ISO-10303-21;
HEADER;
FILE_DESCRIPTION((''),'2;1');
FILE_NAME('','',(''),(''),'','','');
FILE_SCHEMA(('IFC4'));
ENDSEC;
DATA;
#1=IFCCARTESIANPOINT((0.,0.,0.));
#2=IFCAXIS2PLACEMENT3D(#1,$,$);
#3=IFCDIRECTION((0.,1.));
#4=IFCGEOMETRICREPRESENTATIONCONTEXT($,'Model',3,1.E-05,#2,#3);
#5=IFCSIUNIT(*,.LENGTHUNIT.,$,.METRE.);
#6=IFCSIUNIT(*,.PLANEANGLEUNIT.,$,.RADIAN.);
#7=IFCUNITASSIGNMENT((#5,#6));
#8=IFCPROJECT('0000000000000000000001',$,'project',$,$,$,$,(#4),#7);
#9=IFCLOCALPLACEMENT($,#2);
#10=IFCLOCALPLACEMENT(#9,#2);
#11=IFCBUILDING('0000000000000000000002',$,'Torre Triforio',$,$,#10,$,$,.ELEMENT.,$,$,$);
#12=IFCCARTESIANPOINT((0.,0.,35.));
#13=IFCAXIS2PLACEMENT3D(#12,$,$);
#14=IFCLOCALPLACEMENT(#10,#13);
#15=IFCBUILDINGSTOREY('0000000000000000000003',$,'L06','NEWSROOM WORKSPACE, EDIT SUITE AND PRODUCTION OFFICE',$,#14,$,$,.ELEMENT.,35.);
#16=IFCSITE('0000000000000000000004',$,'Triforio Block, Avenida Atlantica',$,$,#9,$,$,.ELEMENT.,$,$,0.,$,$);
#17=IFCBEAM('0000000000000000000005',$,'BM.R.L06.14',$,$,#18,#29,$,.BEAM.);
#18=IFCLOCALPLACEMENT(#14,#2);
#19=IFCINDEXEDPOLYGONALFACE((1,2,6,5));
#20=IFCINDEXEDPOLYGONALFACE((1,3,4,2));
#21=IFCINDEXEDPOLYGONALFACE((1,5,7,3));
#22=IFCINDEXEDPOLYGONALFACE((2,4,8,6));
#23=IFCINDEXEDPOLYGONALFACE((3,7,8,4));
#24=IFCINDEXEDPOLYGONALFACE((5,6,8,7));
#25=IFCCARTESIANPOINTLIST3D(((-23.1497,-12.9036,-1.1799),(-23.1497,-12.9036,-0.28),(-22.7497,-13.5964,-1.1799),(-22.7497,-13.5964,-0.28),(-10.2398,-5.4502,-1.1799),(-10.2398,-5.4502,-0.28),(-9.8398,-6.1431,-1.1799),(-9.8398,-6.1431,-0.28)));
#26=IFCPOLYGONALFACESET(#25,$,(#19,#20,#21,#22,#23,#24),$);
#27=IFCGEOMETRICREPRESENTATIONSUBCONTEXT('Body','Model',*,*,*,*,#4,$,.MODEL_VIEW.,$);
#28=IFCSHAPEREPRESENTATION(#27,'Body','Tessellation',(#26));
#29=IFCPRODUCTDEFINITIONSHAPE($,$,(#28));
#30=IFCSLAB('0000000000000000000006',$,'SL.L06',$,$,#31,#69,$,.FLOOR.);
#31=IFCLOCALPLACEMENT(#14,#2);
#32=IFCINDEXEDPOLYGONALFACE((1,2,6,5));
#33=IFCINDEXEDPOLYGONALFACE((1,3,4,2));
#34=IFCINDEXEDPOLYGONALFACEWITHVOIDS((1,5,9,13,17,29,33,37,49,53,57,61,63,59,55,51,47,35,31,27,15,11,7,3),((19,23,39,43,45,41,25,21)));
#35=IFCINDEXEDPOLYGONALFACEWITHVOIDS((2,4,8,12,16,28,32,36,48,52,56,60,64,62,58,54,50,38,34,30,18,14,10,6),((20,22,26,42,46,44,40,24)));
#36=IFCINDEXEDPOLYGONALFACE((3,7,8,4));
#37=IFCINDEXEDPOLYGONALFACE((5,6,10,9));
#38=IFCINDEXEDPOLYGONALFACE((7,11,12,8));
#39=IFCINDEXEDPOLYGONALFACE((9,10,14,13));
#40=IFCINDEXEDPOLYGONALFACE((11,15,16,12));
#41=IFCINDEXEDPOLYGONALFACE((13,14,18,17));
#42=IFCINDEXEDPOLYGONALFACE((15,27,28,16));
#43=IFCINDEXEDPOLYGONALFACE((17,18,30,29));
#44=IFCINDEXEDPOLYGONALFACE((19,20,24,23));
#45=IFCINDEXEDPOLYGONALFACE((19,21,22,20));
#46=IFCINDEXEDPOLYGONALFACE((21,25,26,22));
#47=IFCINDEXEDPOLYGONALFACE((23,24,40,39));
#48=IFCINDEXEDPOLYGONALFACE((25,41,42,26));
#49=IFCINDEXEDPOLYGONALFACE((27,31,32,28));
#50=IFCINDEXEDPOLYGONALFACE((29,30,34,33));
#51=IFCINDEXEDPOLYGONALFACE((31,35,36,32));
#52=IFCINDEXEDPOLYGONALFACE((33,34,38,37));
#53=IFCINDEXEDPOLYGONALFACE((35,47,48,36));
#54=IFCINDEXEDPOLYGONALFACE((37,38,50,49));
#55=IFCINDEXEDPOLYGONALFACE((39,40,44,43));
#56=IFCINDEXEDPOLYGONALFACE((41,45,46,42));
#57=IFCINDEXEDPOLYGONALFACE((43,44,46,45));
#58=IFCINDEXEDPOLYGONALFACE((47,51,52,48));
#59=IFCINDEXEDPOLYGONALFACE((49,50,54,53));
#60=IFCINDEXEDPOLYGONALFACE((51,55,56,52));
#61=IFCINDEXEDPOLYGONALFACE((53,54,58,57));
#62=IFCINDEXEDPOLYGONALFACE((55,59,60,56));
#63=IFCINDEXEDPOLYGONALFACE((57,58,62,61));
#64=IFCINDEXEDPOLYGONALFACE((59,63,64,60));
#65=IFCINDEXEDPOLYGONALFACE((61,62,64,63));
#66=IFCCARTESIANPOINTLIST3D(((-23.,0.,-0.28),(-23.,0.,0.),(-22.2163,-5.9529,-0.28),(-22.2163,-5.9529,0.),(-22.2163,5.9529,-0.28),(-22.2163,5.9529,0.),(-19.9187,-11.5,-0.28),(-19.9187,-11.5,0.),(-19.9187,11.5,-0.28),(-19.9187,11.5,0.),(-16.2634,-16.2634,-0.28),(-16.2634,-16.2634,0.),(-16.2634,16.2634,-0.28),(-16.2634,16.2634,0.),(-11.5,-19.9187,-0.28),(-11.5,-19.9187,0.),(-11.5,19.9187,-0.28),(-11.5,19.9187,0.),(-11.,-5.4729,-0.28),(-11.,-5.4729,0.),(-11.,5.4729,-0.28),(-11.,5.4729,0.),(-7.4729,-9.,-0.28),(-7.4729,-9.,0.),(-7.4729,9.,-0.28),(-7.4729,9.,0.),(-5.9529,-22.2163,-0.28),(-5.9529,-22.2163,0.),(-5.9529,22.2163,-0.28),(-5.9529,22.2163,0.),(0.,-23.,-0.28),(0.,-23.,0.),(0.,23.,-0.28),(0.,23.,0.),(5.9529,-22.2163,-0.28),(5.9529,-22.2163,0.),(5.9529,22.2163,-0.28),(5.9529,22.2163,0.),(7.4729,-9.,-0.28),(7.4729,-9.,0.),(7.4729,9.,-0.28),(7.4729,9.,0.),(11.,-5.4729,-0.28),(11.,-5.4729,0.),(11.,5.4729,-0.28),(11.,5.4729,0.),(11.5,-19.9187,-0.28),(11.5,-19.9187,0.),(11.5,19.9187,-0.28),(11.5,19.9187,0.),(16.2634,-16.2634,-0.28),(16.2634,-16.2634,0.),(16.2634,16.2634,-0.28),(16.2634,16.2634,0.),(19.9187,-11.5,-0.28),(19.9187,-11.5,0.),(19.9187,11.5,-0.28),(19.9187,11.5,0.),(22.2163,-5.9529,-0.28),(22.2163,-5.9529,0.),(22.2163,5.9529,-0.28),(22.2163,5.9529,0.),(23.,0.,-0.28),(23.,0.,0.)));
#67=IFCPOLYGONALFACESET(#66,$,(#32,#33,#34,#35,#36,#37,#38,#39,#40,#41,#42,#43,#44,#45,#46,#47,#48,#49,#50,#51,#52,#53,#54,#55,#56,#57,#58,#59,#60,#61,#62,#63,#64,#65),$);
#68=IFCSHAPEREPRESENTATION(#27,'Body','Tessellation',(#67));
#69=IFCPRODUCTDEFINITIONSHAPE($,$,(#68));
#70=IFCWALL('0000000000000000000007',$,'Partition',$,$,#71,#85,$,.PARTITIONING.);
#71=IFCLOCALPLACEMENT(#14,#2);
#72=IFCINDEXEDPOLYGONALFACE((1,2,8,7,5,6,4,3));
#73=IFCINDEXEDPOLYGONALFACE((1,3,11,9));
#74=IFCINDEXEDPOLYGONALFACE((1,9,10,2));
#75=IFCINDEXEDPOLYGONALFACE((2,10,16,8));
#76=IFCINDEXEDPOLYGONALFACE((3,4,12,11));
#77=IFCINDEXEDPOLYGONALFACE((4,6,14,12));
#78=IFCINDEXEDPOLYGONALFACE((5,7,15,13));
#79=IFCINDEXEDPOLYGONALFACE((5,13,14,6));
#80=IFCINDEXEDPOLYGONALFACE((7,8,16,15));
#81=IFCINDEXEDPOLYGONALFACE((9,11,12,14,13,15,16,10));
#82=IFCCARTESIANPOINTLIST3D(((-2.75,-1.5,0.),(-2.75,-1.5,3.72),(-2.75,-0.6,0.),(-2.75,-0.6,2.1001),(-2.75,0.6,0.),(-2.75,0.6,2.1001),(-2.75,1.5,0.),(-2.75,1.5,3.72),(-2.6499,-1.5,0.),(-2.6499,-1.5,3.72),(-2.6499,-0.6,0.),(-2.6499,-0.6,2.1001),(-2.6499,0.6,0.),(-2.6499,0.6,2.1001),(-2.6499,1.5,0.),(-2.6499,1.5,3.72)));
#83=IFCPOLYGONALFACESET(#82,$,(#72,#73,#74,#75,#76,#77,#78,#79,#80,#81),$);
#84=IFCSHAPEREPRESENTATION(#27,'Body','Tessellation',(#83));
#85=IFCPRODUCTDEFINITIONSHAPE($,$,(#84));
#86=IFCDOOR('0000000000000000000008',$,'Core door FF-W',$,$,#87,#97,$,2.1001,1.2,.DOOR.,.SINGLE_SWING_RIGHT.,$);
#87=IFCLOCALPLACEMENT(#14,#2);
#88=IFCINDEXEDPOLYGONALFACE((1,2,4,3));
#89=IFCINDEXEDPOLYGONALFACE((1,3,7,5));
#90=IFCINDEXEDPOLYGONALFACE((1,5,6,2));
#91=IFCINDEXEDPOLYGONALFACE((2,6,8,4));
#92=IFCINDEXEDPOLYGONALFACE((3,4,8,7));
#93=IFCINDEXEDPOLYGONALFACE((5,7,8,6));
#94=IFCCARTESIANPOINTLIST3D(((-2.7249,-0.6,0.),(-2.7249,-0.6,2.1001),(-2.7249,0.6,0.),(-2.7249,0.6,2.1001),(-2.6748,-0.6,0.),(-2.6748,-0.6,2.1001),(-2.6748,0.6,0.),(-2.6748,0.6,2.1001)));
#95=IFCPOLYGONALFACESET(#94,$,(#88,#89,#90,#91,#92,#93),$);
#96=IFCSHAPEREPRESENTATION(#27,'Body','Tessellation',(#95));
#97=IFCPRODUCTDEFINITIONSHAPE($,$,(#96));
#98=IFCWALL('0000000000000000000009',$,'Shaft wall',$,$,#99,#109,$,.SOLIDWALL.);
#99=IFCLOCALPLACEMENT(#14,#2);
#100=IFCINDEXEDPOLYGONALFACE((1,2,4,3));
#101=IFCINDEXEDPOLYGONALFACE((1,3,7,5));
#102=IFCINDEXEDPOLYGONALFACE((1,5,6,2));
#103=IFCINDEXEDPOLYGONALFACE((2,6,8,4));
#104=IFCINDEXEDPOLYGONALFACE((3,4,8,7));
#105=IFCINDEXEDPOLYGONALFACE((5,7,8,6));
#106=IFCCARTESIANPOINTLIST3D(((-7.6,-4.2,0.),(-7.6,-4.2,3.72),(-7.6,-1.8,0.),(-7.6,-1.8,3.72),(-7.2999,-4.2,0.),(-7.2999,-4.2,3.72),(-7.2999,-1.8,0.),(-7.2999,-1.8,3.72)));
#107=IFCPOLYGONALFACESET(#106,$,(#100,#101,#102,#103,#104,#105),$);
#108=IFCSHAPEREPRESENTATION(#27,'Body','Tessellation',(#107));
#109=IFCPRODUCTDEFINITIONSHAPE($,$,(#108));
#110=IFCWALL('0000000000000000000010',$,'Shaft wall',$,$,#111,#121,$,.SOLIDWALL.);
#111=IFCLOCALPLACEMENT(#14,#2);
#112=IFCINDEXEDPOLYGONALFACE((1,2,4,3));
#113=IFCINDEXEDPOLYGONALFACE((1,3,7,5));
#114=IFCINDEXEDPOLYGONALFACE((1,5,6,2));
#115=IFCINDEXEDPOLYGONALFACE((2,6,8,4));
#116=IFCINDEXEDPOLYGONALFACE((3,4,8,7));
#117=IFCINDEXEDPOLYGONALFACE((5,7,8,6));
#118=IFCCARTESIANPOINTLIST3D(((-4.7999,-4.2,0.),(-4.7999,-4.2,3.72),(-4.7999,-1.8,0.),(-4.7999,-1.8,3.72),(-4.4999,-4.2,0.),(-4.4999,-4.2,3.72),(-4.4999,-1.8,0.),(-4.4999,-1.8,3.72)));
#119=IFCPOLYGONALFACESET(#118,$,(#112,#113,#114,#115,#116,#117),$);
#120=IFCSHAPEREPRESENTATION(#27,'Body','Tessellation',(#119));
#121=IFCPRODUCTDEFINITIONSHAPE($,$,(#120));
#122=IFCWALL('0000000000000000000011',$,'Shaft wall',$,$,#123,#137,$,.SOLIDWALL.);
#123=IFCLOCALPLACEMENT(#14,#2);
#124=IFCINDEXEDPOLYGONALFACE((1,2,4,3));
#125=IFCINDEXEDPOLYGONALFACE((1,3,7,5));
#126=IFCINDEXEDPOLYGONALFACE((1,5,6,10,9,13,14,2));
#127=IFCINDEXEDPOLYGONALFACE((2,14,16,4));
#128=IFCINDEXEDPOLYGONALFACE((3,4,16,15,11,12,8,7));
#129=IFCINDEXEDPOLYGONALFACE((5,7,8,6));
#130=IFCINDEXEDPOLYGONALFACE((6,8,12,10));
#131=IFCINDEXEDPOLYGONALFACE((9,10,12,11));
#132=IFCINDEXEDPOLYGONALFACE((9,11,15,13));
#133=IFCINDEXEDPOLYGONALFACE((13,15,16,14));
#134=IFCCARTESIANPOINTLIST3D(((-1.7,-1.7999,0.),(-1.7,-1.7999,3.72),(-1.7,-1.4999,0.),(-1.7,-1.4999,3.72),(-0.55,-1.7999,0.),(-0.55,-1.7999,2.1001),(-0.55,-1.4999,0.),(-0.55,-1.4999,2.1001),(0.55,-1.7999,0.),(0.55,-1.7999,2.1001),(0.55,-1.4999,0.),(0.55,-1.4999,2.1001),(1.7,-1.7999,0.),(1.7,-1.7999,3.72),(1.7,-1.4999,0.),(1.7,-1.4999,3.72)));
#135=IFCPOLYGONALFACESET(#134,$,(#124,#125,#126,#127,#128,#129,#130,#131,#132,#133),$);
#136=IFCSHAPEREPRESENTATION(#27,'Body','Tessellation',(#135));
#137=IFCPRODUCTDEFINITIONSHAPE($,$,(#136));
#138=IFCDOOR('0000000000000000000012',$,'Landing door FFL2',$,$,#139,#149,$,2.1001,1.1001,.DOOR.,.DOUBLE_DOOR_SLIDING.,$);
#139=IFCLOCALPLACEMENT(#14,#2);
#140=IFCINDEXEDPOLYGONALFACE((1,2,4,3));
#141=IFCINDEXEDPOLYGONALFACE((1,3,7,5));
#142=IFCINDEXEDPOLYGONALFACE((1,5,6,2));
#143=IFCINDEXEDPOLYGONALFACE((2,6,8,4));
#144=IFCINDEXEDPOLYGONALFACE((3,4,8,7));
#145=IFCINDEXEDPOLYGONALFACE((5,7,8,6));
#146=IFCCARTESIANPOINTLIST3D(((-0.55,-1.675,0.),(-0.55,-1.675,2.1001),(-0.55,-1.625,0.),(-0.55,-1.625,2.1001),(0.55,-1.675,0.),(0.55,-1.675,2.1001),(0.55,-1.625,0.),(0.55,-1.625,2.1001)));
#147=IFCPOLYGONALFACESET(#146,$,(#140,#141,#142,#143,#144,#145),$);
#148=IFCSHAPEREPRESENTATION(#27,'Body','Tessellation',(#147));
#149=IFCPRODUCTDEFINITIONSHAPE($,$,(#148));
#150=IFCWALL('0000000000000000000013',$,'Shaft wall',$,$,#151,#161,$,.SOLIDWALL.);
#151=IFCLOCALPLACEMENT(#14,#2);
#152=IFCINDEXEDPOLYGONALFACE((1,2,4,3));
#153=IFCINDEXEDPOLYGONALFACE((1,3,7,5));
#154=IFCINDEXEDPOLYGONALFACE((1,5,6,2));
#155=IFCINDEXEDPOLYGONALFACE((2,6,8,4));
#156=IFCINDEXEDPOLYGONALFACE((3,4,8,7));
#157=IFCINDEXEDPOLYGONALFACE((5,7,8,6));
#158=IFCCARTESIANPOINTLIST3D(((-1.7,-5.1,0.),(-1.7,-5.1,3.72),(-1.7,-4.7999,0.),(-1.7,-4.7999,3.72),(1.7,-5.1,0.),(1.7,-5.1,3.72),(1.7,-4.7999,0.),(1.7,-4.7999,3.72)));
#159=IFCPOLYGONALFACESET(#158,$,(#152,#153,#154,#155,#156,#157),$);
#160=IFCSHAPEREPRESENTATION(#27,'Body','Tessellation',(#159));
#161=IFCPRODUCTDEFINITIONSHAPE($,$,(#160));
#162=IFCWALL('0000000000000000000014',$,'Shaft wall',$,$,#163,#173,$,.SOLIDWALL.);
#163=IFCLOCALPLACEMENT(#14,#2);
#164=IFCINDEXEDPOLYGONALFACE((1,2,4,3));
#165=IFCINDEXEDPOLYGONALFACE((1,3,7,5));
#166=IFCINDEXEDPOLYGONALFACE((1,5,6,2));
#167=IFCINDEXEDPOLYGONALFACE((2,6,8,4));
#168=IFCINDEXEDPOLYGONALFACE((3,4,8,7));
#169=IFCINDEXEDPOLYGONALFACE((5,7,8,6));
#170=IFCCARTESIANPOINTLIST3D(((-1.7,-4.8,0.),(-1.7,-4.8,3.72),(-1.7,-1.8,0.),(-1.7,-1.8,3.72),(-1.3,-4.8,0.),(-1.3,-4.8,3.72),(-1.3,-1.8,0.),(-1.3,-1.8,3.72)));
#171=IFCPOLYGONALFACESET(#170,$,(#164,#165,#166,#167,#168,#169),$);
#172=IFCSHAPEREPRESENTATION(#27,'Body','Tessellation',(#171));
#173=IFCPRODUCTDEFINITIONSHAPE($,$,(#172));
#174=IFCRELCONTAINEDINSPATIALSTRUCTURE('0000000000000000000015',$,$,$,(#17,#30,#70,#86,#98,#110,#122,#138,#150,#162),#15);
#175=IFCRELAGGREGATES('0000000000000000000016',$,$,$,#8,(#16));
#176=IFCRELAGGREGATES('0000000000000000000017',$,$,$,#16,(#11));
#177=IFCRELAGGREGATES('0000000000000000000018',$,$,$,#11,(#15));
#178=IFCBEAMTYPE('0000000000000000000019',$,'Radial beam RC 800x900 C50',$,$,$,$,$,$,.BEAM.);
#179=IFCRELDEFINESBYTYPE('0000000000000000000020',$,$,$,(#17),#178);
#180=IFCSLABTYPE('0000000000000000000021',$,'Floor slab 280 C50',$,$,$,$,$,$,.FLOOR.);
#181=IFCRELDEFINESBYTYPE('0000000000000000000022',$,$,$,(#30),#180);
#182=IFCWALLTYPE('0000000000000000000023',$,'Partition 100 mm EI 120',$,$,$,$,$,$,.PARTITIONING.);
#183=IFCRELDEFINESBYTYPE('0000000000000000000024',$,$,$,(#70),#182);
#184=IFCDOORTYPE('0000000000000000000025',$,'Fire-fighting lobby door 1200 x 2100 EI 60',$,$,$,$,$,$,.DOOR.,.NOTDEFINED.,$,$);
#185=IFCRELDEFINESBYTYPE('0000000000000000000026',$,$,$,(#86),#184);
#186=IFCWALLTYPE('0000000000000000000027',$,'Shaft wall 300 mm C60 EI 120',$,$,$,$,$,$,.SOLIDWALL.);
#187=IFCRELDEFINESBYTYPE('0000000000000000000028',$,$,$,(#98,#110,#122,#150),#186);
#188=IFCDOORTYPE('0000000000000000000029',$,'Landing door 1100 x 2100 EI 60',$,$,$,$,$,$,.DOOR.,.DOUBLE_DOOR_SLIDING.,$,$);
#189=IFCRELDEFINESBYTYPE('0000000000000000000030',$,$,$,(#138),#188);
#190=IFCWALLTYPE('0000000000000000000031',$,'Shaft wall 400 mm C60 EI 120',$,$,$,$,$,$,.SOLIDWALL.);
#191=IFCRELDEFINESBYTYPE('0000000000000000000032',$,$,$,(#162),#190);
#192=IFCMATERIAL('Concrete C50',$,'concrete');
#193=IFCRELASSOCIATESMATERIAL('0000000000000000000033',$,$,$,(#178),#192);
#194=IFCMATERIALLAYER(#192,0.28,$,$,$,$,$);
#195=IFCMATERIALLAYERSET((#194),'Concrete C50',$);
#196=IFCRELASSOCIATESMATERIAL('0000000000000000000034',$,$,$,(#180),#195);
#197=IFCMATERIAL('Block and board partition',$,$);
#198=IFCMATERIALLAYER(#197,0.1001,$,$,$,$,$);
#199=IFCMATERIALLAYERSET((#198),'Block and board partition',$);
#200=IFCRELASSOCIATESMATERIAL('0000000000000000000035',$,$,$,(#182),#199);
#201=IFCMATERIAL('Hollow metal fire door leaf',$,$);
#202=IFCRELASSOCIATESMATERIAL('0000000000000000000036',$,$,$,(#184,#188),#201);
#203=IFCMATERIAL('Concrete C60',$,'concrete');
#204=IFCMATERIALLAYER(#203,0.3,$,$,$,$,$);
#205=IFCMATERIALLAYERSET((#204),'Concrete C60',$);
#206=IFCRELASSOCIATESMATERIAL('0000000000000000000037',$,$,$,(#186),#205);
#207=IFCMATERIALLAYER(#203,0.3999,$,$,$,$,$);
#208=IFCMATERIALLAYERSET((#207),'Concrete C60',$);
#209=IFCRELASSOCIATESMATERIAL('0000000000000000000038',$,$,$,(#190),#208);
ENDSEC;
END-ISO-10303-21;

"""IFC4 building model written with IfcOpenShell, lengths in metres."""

from ifc_helpers import new_model, si_unit, direction, frame, frame_2d, origin, origin_2d, place, context, subcontext, project, spatial, polyline, rectangle, outline, extrude, material, layer, layer_set, material_profile, profile_set, type_object, element, fill, save


model = new_model("IFC4")

# Units and contexts
model_context = context("Model", 3, precision=1e-05, world=origin(), true_north=direction((0.0, 1.0)))
body_context = subcontext(model_context, "Body", "Model", "MODEL_VIEW")
ifc_project = project(units=[si_unit("LENGTHUNIT", "METRE"), si_unit("PLANEANGLEUNIT", "RADIAN")], contexts=[model_context])

# Site, building, storey
site_placement = place(None, origin())
site = spatial("IfcSite", under=ifc_project, at=site_placement, Name="Triforio Block, Avenida Atlantica", CompositionType="ELEMENT", RefElevation=0.0)
building_placement = place(site_placement, origin())
building = spatial("IfcBuilding", under=site, at=building_placement, Name="Torre Triforio", CompositionType="ELEMENT")
storey_placement = place(building_placement, frame((0.0, 0.0, 35.0)))
storey = spatial("IfcBuildingStorey", under=building, at=storey_placement, Name="L06", Description="NEWSROOM WORKSPACE, EDIT SUITE AND PRODUCTION OFFICE", CompositionType="ELEMENT", Elevation=35.0)

# Beam
ifc_material_1 = material(Name="Concrete C50", Category="concrete")
ifc_material_profile = material_profile(ifc_material_1, rectangle(XDim=0.8, YDim=0.8999, at=origin_2d()), Name="RC 800x900")
ifc_profile_set = profile_set([ifc_material_profile], Name="Concrete C50")
beam_type = type_object("IfcBeamType", Name="Radial beam RC 800x900 C50", PredefinedType="BEAM", material=ifc_profile_set)
beam_placement = place(storey_placement, frame((-10.0398, -5.7966, -0.73), z_axis=(-0.86603, -0.499991, 0.0), x_axis=(0.499991, -0.86603, 0.0)))
element("IfcBeam", 1, at=beam_placement, inside=storey, type_object=beam_type, Name="BM.R.L06.14", PredefinedType="BEAM", context=body_context, shape_type="SweptSolid", body=[
    extrude(rectangle(XDim=0.8, YDim=0.8999, at=origin_2d()), origin(), (0.0, 0.0, 1.0), 14.907),
])

# Slab
ifc_layer_1 = layer(ifc_material_1, 0.28)
ifc_layer_set_1 = layer_set([ifc_layer_1], Name="Concrete C50")
slab_type = type_object("IfcSlabType", Name="Floor slab 280 C50", PredefinedType="FLOOR", material=ifc_layer_set_1)
slab_placement = place(storey_placement, frame((0.0, 0.0, -0.28)))
element("IfcSlab", 2, at=slab_placement, inside=storey, type_object=slab_type, Name="SL.L06", PredefinedType="FLOOR", context=body_context, shape_type="SweptSolid", body=[
    extrude(outline(polyline([(19.9187, -11.5), (22.2163, -5.9529), (23.0, 0.0), (22.2163, 5.9529), (19.9187, 11.5), (16.2634, 16.2634), (11.5, 19.9187), (5.9529, 22.2163), (0.0, 23.0), (-5.9529, 22.2163), (-11.5, 19.9187), (-16.2634, 16.2634), (-19.9187, 11.5), (-22.2163, 5.9529), (-23.0, 0.0), (-22.2163, -5.9529), (-19.9187, -11.5), (-16.2634, -16.2634), (-11.5, -19.9187), (-5.9529, -22.2163), (0.0, -23.0), (5.9529, -22.2163), (11.5, -19.9187), (16.2634, -16.2634), (19.9187, -11.5)]), holes=[polyline([(11.0, 5.4729), (11.0, -5.4729), (7.4729, -9.0), (-7.4729, -9.0), (-11.0, -5.4729), (-11.0, 5.4729), (-7.4729, 9.0), (7.4729, 9.0), (11.0, 5.4729)])]), origin(), (0.0, 0.0, 1.0), 0.28),
])

# Wall, opening, door
ifc_material_2 = material(Name="Block and board partition")
ifc_layer_2 = layer(ifc_material_2, 0.1001)
ifc_layer_set_2 = layer_set([ifc_layer_2], Name="Block and board partition")
wall_type_1 = type_object("IfcWallType", Name="Partition 100 mm EI 120", PredefinedType="PARTITIONING", material=ifc_layer_set_2)
wall_1_placement = place(storey_placement, frame((-2.7, -1.5, 0.0), z_axis=(0.0, 0.0, 1.0), x_axis=(0.0, 1.0, 0.0)))
wall_1 = element("IfcWall", 3, at=wall_1_placement, inside=storey, type_object=wall_type_1, Name="Partition", PredefinedType="PARTITIONING", context=body_context, shape_type="SweptSolid", body=[
    extrude(rectangle(XDim=3.0, YDim=0.1001, at=frame_2d((1.5, 0.0))), origin(), (0.0, 0.0, 1.0), 3.72),
])
opening_1_placement = place(wall_1_placement, frame((0.8999, 0.0, 0.0)))
opening_1 = element("IfcOpeningElement", 4, at=opening_1_placement, cuts=wall_1, PredefinedType="OPENING", context=body_context, shape_type="SweptSolid", body=[
    extrude(rectangle(XDim=1.2, YDim=2.1001, at=frame_2d((0.6001, 1.05))), frame((0.0, 0.0601, 0.0), z_axis=(0.0, -1.0, 0.0), x_axis=(1.0, 0.0, 0.0)), (0.0, 0.0, 1.0), 0.1201),
])
ifc_material_3 = material(Name="Hollow metal fire door leaf")
door_type_1 = type_object("IfcDoorType", Name="Fire-fighting lobby door 1200 x 2100 EI 60", OperationType="NOTDEFINED", PredefinedType="DOOR", material=ifc_material_3)
door_1_placement = place(opening_1_placement, origin())
door_1 = element("IfcDoor", 5, at=door_1_placement, inside=storey, type_object=door_type_1, Name="Core door FF-W", OperationType="SINGLE_SWING_RIGHT", OverallHeight=2.1001, OverallWidth=1.2, PredefinedType="DOOR", context=body_context, shape_type="SweptSolid", body=[
    extrude(rectangle(XDim=1.2, YDim=2.1001, at=frame_2d((0.6001, 1.05))), frame((0.0, 0.0249, 0.0), z_axis=(0.0, -1.0, 0.0), x_axis=(1.0, 0.0, 0.0)), (0.0, 0.0, 1.0), 0.05),
])
fill(opening_1, door_1)

# Walls
ifc_material_4 = material(Name="Concrete C60", Category="concrete")
ifc_layer_3 = layer(ifc_material_4, 0.3)
ifc_layer_set_3 = layer_set([ifc_layer_3], Name="Concrete C60")
wall_type_2 = type_object("IfcWallType", Name="Shaft wall 300 mm C60 EI 120", PredefinedType="SOLIDWALL", material=ifc_layer_set_3)
for number, where, z_axis, x_axis, name in (
    (6, (-7.45, -4.2, 0.0), (0.0, 0.0, 1.0), (0.0, 1.0, 0.0), "Shaft wall"),
    (7, (-4.6499, -4.2, 0.0), (0.0, 0.0, 1.0), (0.0, 1.0, 0.0), "Shaft wall"),
):
    element("IfcWall", number, at=place(storey_placement, frame(where, z_axis=z_axis, x_axis=x_axis)), inside=storey, type_object=wall_type_2, Name=name, PredefinedType="SOLIDWALL", context=body_context, shape_type="SweptSolid", body=[
        extrude(rectangle(XDim=2.3999, YDim=0.3, at=frame_2d((1.2, 0.0))), origin(), (0.0, 0.0, 1.0), 3.72),
    ])

# Wall, opening, door
wall_2_placement = place(storey_placement, frame((-1.7, -1.6499, 0.0), z_axis=(0.0, 0.0, 1.0), x_axis=(1.0, 0.0, 0.0)))
wall_2 = element("IfcWall", 8, at=wall_2_placement, inside=storey, type_object=wall_type_2, Name="Shaft wall", PredefinedType="SOLIDWALL", context=body_context, shape_type="SweptSolid", body=[
    extrude(rectangle(XDim=3.3999, YDim=0.3, at=frame_2d((1.7, 0.0))), origin(), (0.0, 0.0, 1.0), 3.72),
])
opening_2_placement = place(wall_2_placement, frame((1.1499, 0.0, 0.0)))
opening_2 = element("IfcOpeningElement", 9, at=opening_2_placement, cuts=wall_2, PredefinedType="OPENING", context=body_context, shape_type="SweptSolid", body=[
    extrude(rectangle(XDim=1.1001, YDim=2.1001, at=frame_2d((0.55, 1.05))), frame((0.0, 0.1599, 0.0), z_axis=(0.0, -1.0, 0.0), x_axis=(1.0, 0.0, 0.0)), (0.0, 0.0, 1.0), 0.3201),
])
door_type_2 = type_object("IfcDoorType", Name="Landing door 1100 x 2100 EI 60", OperationType="DOUBLE_DOOR_SLIDING", PredefinedType="DOOR", material=ifc_material_3)
door_2_placement = place(opening_2_placement, origin())
door_2 = element("IfcDoor", 10, at=door_2_placement, inside=storey, type_object=door_type_2, Name="Landing door FFL2", OperationType="DOUBLE_DOOR_SLIDING", OverallHeight=2.1001, OverallWidth=1.1001, PredefinedType="DOOR", context=body_context, shape_type="SweptSolid", body=[
    extrude(rectangle(XDim=1.1001, YDim=2.1001, at=frame_2d((0.55, 1.05))), frame((0.0, 0.0249, 0.0), z_axis=(0.0, -1.0, 0.0), x_axis=(1.0, 0.0, 0.0)), (0.0, 0.0, 1.0), 0.05),
])
fill(opening_2, door_2)

# Walls
wall_3_placement = place(storey_placement, frame((-1.7, -4.95, 0.0), z_axis=(0.0, 0.0, 1.0), x_axis=(1.0, 0.0, 0.0)))
element("IfcWall", 11, at=wall_3_placement, inside=storey, type_object=wall_type_2, Name="Shaft wall", PredefinedType="SOLIDWALL", context=body_context, shape_type="SweptSolid", body=[
    extrude(rectangle(XDim=3.3999, YDim=0.3, at=frame_2d((1.7, 0.0))), origin(), (0.0, 0.0, 1.0), 3.72),
])
ifc_layer_4 = layer(ifc_material_4, 0.3999)
ifc_layer_set_4 = layer_set([ifc_layer_4], Name="Concrete C60")
wall_type_3 = type_object("IfcWallType", Name="Shaft wall 400 mm C60 EI 120", PredefinedType="SOLIDWALL", material=ifc_layer_set_4)
wall_4_placement = place(storey_placement, frame((-1.5, -4.8, 0.0), z_axis=(0.0, 0.0, 1.0), x_axis=(0.0, 1.0, 0.0)))
element("IfcWall", 12, at=wall_4_placement, inside=storey, type_object=wall_type_3, Name="Shaft wall", PredefinedType="SOLIDWALL", context=body_context, shape_type="SweptSolid", body=[
    extrude(rectangle(XDim=3.0, YDim=0.3999, at=frame_2d((1.5, 0.0))), origin(), (0.0, 0.0, 1.0), 3.72),
])

save(model, "model.ifc")
